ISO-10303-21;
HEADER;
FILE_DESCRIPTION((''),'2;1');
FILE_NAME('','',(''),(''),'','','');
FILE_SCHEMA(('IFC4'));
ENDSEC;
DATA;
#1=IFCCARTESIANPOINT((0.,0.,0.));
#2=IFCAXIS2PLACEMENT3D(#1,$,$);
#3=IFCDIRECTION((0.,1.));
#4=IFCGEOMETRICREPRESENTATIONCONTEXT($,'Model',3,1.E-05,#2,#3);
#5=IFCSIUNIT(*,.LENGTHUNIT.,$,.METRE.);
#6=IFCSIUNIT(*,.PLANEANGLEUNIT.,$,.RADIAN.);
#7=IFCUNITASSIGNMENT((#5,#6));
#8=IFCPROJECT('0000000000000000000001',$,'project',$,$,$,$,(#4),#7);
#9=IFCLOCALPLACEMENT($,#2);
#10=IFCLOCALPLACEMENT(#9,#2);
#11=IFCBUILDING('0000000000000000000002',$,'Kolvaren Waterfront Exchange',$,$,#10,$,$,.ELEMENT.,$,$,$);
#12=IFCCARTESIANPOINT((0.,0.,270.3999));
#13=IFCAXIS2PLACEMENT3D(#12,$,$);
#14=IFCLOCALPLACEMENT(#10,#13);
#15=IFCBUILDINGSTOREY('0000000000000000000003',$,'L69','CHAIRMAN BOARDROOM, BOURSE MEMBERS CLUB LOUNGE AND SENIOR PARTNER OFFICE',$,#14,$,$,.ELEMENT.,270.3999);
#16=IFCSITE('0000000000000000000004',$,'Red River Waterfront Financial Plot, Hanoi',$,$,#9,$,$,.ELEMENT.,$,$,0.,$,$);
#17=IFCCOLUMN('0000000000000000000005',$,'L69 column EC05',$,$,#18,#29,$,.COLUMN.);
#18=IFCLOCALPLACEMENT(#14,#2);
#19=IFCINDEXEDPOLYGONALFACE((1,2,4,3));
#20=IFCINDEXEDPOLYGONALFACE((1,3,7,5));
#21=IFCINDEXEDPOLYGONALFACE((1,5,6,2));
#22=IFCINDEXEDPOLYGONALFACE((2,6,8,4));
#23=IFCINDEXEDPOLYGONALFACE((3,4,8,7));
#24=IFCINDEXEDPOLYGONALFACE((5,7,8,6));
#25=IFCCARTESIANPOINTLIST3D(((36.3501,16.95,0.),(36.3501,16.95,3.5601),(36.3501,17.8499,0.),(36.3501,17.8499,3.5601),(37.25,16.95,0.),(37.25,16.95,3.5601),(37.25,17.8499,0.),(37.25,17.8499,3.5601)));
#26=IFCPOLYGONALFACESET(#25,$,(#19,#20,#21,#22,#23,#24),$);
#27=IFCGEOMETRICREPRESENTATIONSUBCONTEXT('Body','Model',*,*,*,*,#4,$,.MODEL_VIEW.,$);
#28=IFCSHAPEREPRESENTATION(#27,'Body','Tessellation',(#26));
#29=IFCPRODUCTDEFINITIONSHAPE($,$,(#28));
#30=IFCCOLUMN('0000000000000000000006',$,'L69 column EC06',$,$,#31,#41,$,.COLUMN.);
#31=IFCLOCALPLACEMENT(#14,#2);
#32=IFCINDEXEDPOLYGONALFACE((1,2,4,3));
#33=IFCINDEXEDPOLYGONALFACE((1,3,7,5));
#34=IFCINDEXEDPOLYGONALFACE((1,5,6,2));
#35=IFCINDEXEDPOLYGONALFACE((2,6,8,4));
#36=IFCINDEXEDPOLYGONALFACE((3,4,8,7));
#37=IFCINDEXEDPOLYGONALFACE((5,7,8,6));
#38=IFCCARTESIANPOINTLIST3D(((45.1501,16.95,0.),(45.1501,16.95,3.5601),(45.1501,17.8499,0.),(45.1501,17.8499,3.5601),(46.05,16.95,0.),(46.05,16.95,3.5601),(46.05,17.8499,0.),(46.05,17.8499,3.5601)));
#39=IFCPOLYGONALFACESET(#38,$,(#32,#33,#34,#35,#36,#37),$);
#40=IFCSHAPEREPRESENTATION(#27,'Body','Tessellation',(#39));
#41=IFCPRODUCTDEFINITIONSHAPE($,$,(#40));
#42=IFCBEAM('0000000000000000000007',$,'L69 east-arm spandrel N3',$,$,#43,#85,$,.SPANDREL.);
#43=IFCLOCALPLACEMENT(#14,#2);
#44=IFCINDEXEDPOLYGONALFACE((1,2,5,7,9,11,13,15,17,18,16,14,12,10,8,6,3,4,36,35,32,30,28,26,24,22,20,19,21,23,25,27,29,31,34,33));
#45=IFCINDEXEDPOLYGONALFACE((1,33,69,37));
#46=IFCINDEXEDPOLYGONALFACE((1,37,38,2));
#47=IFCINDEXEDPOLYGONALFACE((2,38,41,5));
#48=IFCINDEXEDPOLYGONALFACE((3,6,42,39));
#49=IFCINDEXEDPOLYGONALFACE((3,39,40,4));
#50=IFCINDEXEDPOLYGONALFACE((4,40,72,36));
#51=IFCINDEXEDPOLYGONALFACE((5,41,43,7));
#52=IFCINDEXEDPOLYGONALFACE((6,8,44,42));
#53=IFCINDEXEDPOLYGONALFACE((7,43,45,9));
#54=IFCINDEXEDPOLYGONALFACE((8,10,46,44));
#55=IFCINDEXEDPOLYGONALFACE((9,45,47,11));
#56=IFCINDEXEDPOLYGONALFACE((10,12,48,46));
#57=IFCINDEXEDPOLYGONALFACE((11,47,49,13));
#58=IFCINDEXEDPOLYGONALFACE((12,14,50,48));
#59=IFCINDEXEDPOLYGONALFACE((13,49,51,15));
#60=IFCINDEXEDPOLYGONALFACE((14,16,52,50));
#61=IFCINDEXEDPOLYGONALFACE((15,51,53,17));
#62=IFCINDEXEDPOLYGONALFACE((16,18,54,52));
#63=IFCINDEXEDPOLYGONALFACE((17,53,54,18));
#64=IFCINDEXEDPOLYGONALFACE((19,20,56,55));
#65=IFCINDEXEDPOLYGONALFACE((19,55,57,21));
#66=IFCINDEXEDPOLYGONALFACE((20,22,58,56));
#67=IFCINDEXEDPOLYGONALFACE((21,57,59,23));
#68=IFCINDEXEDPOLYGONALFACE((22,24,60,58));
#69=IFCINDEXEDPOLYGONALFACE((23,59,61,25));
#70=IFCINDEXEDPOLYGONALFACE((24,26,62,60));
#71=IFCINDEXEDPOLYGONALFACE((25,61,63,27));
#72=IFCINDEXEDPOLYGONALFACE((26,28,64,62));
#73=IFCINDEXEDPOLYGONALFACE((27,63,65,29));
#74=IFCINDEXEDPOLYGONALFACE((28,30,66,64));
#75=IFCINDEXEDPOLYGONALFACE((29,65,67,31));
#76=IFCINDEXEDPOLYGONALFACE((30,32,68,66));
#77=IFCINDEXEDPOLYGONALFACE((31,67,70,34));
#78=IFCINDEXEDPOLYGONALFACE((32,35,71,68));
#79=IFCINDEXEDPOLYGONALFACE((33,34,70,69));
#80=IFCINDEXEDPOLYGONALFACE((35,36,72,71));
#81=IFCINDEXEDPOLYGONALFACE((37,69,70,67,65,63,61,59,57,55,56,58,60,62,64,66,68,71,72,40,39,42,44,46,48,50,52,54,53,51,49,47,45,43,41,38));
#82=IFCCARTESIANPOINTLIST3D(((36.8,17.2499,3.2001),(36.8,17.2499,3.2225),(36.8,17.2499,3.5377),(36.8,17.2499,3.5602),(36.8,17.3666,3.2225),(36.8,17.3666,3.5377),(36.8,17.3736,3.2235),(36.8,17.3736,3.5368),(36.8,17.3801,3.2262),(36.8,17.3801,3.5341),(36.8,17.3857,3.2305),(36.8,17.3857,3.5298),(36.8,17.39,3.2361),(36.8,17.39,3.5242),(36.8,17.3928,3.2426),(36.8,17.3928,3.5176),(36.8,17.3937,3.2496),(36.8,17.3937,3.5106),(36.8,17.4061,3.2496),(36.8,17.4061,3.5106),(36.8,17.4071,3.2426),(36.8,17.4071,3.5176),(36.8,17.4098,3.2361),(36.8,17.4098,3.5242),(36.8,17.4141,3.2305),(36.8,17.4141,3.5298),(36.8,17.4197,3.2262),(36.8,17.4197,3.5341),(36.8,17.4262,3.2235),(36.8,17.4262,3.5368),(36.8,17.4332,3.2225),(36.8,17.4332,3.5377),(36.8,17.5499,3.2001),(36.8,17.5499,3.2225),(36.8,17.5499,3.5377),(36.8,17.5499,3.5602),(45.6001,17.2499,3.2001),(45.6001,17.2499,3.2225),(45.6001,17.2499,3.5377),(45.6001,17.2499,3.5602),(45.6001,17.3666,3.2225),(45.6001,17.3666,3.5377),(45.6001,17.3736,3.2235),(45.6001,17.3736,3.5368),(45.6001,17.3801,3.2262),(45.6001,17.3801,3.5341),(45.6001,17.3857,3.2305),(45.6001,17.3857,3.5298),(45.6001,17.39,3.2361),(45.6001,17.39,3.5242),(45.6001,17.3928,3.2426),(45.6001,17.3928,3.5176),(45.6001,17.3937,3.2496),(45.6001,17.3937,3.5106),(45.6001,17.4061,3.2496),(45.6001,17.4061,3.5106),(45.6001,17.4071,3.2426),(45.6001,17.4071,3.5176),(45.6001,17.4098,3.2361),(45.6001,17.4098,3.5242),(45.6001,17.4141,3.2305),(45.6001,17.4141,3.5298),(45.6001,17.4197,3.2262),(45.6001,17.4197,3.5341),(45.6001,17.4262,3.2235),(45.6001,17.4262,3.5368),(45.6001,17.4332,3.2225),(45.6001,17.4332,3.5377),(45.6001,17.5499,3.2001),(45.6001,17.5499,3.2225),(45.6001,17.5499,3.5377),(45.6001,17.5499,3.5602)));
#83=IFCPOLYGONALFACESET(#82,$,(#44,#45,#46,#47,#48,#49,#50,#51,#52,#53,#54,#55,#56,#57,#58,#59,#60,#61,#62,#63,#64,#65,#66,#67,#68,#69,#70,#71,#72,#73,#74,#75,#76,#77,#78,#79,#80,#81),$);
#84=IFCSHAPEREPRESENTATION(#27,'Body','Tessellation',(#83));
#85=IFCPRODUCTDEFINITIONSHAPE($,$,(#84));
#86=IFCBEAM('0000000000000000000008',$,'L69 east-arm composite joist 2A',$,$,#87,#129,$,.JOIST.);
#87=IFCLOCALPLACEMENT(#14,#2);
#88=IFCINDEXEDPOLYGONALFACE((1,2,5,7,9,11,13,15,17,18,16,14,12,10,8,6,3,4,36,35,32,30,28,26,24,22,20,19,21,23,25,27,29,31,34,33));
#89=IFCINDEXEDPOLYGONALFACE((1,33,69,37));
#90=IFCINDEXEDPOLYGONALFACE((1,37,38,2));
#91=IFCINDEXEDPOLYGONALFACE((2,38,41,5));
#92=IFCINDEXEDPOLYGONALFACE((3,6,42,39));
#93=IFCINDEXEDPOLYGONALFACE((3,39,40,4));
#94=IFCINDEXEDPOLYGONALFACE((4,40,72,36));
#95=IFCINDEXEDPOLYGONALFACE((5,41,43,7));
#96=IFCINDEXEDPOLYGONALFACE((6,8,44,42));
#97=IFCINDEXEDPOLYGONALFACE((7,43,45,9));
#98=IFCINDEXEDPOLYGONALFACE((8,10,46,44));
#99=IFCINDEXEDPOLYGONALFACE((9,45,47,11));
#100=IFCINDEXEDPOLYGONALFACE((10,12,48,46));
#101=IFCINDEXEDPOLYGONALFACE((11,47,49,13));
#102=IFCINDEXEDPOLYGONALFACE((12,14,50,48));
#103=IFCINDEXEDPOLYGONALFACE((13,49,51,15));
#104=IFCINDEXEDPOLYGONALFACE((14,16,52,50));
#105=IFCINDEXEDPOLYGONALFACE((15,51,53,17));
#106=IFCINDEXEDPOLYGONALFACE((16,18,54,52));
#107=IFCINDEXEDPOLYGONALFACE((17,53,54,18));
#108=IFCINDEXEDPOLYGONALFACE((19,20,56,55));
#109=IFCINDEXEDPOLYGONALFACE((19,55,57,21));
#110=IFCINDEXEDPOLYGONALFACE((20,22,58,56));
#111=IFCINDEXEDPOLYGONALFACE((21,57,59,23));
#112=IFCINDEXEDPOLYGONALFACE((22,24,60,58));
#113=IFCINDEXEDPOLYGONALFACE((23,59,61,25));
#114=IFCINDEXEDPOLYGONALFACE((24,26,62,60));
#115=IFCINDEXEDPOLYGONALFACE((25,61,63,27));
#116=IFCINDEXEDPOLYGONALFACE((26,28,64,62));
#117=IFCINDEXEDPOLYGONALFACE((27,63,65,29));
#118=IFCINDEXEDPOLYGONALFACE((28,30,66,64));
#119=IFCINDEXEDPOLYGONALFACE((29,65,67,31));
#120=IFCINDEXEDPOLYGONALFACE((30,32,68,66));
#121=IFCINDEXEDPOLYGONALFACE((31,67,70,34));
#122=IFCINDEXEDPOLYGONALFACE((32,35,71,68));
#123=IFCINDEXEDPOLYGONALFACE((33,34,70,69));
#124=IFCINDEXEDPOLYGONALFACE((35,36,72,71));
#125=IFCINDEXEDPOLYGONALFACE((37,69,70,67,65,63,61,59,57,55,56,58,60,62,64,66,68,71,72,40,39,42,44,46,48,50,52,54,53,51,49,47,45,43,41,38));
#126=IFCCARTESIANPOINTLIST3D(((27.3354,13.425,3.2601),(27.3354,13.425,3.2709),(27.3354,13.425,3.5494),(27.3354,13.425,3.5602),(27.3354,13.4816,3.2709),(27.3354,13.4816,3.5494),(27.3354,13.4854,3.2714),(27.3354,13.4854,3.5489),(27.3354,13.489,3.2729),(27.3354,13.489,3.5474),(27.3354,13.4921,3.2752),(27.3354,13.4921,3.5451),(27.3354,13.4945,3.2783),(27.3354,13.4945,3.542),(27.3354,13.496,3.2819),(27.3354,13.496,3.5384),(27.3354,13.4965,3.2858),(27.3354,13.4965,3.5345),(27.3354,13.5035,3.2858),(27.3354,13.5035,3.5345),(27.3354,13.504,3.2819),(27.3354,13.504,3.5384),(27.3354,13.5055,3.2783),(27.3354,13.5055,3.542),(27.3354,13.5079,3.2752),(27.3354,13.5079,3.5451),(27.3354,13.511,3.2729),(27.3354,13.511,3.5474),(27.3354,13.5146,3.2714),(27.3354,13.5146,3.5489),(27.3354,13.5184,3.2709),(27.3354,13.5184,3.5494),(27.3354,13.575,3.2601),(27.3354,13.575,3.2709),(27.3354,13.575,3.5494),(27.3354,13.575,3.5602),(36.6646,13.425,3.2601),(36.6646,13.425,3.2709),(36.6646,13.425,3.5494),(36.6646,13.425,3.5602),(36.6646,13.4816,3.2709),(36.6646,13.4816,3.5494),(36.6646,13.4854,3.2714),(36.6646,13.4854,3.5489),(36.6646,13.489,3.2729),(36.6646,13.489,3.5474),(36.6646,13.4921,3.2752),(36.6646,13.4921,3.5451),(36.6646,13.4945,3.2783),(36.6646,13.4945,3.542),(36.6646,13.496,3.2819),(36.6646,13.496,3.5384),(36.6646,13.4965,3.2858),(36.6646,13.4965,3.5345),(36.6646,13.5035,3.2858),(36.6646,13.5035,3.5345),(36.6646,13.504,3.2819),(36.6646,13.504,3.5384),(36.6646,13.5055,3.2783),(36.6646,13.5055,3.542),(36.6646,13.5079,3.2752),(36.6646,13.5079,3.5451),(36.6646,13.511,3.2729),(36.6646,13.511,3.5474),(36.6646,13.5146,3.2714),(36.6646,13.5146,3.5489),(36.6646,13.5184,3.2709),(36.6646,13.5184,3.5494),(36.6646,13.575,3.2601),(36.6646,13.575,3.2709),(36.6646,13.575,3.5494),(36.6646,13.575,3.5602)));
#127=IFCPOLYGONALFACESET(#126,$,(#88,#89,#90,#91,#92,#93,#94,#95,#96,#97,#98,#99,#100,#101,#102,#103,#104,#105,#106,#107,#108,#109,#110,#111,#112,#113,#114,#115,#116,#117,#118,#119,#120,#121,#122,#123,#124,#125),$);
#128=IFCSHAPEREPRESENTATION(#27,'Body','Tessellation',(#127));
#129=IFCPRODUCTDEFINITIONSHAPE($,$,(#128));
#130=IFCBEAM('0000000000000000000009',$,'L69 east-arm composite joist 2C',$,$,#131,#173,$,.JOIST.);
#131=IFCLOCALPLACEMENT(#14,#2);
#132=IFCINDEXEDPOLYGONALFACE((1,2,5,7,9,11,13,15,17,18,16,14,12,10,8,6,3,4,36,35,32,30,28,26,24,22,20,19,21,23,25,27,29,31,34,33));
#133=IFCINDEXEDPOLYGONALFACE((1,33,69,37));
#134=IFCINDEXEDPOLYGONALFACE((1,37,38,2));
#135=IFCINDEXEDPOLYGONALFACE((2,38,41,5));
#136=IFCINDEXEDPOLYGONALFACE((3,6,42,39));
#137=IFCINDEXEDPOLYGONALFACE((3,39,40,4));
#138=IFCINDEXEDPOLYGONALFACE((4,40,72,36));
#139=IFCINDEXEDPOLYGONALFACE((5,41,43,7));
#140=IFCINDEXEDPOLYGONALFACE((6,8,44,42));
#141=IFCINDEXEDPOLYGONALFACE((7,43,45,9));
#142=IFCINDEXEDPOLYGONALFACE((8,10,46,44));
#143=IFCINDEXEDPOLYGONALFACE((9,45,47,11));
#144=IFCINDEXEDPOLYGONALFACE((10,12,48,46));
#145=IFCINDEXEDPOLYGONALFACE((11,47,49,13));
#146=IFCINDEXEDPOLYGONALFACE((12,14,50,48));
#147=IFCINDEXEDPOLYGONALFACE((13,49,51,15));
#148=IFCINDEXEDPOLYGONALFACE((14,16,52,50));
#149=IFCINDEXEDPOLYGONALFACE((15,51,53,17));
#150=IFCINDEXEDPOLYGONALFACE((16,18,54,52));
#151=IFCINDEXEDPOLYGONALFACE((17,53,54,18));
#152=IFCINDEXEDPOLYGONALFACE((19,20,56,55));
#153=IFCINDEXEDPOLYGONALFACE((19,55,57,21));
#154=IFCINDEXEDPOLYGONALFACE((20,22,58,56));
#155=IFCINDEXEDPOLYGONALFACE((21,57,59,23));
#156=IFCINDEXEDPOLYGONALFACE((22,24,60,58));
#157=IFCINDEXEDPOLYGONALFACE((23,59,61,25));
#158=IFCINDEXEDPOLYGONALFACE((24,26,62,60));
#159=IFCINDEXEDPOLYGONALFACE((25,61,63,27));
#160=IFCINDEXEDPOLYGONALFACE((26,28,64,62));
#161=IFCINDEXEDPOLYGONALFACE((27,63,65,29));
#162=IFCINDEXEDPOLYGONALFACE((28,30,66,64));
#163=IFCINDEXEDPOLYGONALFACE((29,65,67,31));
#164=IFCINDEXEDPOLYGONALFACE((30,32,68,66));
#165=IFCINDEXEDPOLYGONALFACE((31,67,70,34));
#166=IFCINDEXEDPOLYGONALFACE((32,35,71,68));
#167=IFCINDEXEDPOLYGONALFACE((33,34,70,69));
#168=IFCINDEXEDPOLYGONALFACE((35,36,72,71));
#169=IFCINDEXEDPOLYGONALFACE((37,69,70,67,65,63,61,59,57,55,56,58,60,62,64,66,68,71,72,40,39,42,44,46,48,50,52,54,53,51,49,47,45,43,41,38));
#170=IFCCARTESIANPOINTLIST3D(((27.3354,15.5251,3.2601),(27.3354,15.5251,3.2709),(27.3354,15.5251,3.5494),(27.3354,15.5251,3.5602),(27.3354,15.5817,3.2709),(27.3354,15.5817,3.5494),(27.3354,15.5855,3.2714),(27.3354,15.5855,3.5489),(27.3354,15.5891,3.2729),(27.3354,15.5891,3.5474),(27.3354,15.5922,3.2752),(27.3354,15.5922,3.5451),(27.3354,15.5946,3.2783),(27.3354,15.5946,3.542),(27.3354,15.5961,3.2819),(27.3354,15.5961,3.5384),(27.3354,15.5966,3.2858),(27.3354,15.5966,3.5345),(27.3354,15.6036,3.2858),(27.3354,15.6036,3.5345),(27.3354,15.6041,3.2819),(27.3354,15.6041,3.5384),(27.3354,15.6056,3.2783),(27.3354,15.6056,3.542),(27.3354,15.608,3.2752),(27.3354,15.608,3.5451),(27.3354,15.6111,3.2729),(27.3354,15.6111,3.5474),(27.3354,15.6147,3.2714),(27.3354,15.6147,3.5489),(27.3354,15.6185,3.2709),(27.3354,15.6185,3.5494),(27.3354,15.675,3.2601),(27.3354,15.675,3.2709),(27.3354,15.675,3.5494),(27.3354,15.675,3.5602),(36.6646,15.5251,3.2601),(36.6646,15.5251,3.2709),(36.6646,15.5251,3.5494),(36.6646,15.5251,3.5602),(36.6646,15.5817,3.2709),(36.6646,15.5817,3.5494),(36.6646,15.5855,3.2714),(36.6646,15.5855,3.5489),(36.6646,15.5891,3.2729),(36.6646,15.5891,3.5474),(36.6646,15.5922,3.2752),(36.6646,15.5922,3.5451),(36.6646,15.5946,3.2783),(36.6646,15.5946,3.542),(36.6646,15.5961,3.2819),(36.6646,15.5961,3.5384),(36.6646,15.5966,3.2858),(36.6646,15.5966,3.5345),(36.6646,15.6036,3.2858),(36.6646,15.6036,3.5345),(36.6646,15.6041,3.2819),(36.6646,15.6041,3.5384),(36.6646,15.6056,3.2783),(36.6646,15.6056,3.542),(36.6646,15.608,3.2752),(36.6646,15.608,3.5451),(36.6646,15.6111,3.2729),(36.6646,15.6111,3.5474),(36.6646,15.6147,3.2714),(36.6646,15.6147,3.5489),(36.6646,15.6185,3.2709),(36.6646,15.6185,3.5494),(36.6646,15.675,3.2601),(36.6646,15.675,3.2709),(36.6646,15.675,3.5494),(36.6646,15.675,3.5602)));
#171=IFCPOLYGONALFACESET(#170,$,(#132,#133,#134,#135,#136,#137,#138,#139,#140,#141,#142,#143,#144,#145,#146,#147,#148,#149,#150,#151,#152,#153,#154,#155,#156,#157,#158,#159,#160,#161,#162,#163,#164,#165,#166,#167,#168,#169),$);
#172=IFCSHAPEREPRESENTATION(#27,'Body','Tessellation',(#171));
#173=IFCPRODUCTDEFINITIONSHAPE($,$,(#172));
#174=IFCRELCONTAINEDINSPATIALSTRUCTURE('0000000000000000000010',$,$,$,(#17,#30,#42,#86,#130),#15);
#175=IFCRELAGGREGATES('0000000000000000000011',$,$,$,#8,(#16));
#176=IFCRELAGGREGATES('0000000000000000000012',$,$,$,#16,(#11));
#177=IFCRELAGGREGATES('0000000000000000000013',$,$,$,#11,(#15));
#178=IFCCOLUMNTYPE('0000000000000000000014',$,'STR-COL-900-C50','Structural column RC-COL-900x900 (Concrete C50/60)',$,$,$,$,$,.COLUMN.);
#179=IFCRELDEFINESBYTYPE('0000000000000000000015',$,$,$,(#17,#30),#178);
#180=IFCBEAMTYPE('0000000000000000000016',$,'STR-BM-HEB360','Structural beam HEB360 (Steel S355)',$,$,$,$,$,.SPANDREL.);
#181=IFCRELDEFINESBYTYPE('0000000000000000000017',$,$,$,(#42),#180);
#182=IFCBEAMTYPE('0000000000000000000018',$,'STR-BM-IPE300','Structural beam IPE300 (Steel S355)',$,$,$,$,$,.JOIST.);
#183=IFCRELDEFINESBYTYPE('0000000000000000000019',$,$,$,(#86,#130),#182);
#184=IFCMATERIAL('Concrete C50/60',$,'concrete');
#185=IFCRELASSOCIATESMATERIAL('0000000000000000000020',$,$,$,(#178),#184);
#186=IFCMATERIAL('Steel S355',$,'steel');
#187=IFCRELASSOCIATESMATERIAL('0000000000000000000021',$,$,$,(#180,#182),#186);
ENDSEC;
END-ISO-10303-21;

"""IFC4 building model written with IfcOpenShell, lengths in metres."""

from ifc_helpers import new_model, si_unit, direction, frame, origin, origin_2d, place, context, subcontext, project, spatial, rectangle, i_section, extrude, material, material_profile, profile_set, type_object, element, save


model = new_model("IFC4")

# Units and contexts
model_context = context("Model", 3, precision=1e-05, world=origin(), true_north=direction((0.0, 1.0)))
body_context = subcontext(model_context, "Body", "Model", "MODEL_VIEW")
ifc_project = project(units=[si_unit("LENGTHUNIT", "METRE"), si_unit("PLANEANGLEUNIT", "RADIAN")], contexts=[model_context])

# Site, building, storey
site_placement = place(None, origin())
site = spatial("IfcSite", under=ifc_project, at=site_placement, Name="Red River Waterfront Financial Plot, Hanoi", CompositionType="ELEMENT", RefElevation=0.0)
building_placement = place(site_placement, origin())
building = spatial("IfcBuilding", under=site, at=building_placement, Name="Kolvaren Waterfront Exchange", CompositionType="ELEMENT")
storey_placement = place(building_placement, frame((0.0, 0.0, 270.3999)))
storey = spatial("IfcBuildingStorey", under=building, at=storey_placement, Name="L69", Description="CHAIRMAN BOARDROOM, BOURSE MEMBERS CLUB LOUNGE AND SENIOR PARTNER OFFICE", CompositionType="ELEMENT", Elevation=270.3999)

# Columns
ifc_material_1 = material(Name="Concrete C50/60", Category="concrete")
ifc_material_profile_1 = material_profile(ifc_material_1, rectangle(XDim=0.8999, YDim=0.8999, at=origin_2d()), Name="RC-COL-900x900")
ifc_profile_set_1 = profile_set([ifc_material_profile_1], Name="Concrete C50/60")
column_type = type_object("IfcColumnType", Name="STR-COL-900-C50", Description="Structural column RC-COL-900x900 (Concrete C50/60)", PredefinedType="COLUMN", material=ifc_profile_set_1)
for number, where, z_axis, x_axis, name in (
    (1, (36.8, 17.3999, 0.0), (0.0, 0.0, 1.0), (1.0, 0.0, 0.0), "L69 column EC05"),
    (2, (45.6001, 17.3999, 0.0), (0.0, 0.0, 1.0), (1.0, 0.0, 0.0), "L69 column EC06"),
):
    element("IfcColumn", number, at=place(storey_placement, frame(where, z_axis=z_axis, x_axis=x_axis)), inside=storey, type_object=column_type, Name=name, PredefinedType="COLUMN", context=body_context, shape_type="SweptSolid", body=[
        extrude(rectangle(XDim=0.8999, YDim=0.8999, at=origin_2d()), origin(), (0.0, 0.0, 1.0), 3.5601),
    ])

# Beams
ifc_material_2 = material(Name="Steel S355", Category="steel")
ifc_material_profile_2 = material_profile(ifc_material_2, i_section(OverallWidth=0.3, OverallDepth=0.3601, WebThickness=0.0125, FlangeThickness=0.0225, FilletRadius=0.0271, at=origin_2d()), Name="HEB360")
ifc_profile_set_2 = profile_set([ifc_material_profile_2], Name="Steel S355")
beam_type_1 = type_object("IfcBeamType", Name="STR-BM-HEB360", Description="Structural beam HEB360 (Steel S355)", PredefinedType="SPANDREL", material=ifc_profile_set_2)
beam_placement = place(storey_placement, frame((36.8, 17.3999, 3.3801), z_axis=(1.0, 0.0, 0.0), x_axis=(0.0, 1.0, 0.0)))
element("IfcBeam", 3, at=beam_placement, inside=storey, type_object=beam_type_1, Name="L69 east-arm spandrel N3", PredefinedType="SPANDREL", context=body_context, shape_type="SweptSolid", body=[
    extrude(i_section(OverallWidth=0.3, OverallDepth=0.3601, WebThickness=0.0125, FlangeThickness=0.0225, FilletRadius=0.0271, at=origin_2d()), origin(), (0.0, 0.0, 1.0), 8.8),
])
ifc_material_profile_3 = material_profile(ifc_material_2, i_section(OverallWidth=0.1499, OverallDepth=0.3, WebThickness=0.0071, FlangeThickness=0.0107, FilletRadius=0.0149, at=origin_2d()), Name="IPE300")
ifc_profile_set_3 = profile_set([ifc_material_profile_3], Name="Steel S355")
beam_type_2 = type_object("IfcBeamType", Name="STR-BM-IPE300", Description="Structural beam IPE300 (Steel S355)", PredefinedType="JOIST", material=ifc_profile_set_3)
for number, where, z_axis, x_axis, name in (
    (4, (27.3354, 13.5, 3.4102), (1.0, 0.0, 0.0), (0.0, 1.0, 0.0), "L69 east-arm composite joist 2A"),
    (5, (27.3354, 15.6001, 3.4102), (1.0, 0.0, 0.0), (0.0, 1.0, 0.0), "L69 east-arm composite joist 2C"),
):
    element("IfcBeam", number, at=place(storey_placement, frame(where, z_axis=z_axis, x_axis=x_axis)), inside=storey, type_object=beam_type_2, Name=name, PredefinedType="JOIST", context=body_context, shape_type="SweptSolid", body=[
        extrude(i_section(OverallWidth=0.1499, OverallDepth=0.3, WebThickness=0.0071, FlangeThickness=0.0107, FilletRadius=0.0149, at=origin_2d()), origin(), (0.0, 0.0, 1.0), 9.3291),
    ])

save(model, "model.ifc")
